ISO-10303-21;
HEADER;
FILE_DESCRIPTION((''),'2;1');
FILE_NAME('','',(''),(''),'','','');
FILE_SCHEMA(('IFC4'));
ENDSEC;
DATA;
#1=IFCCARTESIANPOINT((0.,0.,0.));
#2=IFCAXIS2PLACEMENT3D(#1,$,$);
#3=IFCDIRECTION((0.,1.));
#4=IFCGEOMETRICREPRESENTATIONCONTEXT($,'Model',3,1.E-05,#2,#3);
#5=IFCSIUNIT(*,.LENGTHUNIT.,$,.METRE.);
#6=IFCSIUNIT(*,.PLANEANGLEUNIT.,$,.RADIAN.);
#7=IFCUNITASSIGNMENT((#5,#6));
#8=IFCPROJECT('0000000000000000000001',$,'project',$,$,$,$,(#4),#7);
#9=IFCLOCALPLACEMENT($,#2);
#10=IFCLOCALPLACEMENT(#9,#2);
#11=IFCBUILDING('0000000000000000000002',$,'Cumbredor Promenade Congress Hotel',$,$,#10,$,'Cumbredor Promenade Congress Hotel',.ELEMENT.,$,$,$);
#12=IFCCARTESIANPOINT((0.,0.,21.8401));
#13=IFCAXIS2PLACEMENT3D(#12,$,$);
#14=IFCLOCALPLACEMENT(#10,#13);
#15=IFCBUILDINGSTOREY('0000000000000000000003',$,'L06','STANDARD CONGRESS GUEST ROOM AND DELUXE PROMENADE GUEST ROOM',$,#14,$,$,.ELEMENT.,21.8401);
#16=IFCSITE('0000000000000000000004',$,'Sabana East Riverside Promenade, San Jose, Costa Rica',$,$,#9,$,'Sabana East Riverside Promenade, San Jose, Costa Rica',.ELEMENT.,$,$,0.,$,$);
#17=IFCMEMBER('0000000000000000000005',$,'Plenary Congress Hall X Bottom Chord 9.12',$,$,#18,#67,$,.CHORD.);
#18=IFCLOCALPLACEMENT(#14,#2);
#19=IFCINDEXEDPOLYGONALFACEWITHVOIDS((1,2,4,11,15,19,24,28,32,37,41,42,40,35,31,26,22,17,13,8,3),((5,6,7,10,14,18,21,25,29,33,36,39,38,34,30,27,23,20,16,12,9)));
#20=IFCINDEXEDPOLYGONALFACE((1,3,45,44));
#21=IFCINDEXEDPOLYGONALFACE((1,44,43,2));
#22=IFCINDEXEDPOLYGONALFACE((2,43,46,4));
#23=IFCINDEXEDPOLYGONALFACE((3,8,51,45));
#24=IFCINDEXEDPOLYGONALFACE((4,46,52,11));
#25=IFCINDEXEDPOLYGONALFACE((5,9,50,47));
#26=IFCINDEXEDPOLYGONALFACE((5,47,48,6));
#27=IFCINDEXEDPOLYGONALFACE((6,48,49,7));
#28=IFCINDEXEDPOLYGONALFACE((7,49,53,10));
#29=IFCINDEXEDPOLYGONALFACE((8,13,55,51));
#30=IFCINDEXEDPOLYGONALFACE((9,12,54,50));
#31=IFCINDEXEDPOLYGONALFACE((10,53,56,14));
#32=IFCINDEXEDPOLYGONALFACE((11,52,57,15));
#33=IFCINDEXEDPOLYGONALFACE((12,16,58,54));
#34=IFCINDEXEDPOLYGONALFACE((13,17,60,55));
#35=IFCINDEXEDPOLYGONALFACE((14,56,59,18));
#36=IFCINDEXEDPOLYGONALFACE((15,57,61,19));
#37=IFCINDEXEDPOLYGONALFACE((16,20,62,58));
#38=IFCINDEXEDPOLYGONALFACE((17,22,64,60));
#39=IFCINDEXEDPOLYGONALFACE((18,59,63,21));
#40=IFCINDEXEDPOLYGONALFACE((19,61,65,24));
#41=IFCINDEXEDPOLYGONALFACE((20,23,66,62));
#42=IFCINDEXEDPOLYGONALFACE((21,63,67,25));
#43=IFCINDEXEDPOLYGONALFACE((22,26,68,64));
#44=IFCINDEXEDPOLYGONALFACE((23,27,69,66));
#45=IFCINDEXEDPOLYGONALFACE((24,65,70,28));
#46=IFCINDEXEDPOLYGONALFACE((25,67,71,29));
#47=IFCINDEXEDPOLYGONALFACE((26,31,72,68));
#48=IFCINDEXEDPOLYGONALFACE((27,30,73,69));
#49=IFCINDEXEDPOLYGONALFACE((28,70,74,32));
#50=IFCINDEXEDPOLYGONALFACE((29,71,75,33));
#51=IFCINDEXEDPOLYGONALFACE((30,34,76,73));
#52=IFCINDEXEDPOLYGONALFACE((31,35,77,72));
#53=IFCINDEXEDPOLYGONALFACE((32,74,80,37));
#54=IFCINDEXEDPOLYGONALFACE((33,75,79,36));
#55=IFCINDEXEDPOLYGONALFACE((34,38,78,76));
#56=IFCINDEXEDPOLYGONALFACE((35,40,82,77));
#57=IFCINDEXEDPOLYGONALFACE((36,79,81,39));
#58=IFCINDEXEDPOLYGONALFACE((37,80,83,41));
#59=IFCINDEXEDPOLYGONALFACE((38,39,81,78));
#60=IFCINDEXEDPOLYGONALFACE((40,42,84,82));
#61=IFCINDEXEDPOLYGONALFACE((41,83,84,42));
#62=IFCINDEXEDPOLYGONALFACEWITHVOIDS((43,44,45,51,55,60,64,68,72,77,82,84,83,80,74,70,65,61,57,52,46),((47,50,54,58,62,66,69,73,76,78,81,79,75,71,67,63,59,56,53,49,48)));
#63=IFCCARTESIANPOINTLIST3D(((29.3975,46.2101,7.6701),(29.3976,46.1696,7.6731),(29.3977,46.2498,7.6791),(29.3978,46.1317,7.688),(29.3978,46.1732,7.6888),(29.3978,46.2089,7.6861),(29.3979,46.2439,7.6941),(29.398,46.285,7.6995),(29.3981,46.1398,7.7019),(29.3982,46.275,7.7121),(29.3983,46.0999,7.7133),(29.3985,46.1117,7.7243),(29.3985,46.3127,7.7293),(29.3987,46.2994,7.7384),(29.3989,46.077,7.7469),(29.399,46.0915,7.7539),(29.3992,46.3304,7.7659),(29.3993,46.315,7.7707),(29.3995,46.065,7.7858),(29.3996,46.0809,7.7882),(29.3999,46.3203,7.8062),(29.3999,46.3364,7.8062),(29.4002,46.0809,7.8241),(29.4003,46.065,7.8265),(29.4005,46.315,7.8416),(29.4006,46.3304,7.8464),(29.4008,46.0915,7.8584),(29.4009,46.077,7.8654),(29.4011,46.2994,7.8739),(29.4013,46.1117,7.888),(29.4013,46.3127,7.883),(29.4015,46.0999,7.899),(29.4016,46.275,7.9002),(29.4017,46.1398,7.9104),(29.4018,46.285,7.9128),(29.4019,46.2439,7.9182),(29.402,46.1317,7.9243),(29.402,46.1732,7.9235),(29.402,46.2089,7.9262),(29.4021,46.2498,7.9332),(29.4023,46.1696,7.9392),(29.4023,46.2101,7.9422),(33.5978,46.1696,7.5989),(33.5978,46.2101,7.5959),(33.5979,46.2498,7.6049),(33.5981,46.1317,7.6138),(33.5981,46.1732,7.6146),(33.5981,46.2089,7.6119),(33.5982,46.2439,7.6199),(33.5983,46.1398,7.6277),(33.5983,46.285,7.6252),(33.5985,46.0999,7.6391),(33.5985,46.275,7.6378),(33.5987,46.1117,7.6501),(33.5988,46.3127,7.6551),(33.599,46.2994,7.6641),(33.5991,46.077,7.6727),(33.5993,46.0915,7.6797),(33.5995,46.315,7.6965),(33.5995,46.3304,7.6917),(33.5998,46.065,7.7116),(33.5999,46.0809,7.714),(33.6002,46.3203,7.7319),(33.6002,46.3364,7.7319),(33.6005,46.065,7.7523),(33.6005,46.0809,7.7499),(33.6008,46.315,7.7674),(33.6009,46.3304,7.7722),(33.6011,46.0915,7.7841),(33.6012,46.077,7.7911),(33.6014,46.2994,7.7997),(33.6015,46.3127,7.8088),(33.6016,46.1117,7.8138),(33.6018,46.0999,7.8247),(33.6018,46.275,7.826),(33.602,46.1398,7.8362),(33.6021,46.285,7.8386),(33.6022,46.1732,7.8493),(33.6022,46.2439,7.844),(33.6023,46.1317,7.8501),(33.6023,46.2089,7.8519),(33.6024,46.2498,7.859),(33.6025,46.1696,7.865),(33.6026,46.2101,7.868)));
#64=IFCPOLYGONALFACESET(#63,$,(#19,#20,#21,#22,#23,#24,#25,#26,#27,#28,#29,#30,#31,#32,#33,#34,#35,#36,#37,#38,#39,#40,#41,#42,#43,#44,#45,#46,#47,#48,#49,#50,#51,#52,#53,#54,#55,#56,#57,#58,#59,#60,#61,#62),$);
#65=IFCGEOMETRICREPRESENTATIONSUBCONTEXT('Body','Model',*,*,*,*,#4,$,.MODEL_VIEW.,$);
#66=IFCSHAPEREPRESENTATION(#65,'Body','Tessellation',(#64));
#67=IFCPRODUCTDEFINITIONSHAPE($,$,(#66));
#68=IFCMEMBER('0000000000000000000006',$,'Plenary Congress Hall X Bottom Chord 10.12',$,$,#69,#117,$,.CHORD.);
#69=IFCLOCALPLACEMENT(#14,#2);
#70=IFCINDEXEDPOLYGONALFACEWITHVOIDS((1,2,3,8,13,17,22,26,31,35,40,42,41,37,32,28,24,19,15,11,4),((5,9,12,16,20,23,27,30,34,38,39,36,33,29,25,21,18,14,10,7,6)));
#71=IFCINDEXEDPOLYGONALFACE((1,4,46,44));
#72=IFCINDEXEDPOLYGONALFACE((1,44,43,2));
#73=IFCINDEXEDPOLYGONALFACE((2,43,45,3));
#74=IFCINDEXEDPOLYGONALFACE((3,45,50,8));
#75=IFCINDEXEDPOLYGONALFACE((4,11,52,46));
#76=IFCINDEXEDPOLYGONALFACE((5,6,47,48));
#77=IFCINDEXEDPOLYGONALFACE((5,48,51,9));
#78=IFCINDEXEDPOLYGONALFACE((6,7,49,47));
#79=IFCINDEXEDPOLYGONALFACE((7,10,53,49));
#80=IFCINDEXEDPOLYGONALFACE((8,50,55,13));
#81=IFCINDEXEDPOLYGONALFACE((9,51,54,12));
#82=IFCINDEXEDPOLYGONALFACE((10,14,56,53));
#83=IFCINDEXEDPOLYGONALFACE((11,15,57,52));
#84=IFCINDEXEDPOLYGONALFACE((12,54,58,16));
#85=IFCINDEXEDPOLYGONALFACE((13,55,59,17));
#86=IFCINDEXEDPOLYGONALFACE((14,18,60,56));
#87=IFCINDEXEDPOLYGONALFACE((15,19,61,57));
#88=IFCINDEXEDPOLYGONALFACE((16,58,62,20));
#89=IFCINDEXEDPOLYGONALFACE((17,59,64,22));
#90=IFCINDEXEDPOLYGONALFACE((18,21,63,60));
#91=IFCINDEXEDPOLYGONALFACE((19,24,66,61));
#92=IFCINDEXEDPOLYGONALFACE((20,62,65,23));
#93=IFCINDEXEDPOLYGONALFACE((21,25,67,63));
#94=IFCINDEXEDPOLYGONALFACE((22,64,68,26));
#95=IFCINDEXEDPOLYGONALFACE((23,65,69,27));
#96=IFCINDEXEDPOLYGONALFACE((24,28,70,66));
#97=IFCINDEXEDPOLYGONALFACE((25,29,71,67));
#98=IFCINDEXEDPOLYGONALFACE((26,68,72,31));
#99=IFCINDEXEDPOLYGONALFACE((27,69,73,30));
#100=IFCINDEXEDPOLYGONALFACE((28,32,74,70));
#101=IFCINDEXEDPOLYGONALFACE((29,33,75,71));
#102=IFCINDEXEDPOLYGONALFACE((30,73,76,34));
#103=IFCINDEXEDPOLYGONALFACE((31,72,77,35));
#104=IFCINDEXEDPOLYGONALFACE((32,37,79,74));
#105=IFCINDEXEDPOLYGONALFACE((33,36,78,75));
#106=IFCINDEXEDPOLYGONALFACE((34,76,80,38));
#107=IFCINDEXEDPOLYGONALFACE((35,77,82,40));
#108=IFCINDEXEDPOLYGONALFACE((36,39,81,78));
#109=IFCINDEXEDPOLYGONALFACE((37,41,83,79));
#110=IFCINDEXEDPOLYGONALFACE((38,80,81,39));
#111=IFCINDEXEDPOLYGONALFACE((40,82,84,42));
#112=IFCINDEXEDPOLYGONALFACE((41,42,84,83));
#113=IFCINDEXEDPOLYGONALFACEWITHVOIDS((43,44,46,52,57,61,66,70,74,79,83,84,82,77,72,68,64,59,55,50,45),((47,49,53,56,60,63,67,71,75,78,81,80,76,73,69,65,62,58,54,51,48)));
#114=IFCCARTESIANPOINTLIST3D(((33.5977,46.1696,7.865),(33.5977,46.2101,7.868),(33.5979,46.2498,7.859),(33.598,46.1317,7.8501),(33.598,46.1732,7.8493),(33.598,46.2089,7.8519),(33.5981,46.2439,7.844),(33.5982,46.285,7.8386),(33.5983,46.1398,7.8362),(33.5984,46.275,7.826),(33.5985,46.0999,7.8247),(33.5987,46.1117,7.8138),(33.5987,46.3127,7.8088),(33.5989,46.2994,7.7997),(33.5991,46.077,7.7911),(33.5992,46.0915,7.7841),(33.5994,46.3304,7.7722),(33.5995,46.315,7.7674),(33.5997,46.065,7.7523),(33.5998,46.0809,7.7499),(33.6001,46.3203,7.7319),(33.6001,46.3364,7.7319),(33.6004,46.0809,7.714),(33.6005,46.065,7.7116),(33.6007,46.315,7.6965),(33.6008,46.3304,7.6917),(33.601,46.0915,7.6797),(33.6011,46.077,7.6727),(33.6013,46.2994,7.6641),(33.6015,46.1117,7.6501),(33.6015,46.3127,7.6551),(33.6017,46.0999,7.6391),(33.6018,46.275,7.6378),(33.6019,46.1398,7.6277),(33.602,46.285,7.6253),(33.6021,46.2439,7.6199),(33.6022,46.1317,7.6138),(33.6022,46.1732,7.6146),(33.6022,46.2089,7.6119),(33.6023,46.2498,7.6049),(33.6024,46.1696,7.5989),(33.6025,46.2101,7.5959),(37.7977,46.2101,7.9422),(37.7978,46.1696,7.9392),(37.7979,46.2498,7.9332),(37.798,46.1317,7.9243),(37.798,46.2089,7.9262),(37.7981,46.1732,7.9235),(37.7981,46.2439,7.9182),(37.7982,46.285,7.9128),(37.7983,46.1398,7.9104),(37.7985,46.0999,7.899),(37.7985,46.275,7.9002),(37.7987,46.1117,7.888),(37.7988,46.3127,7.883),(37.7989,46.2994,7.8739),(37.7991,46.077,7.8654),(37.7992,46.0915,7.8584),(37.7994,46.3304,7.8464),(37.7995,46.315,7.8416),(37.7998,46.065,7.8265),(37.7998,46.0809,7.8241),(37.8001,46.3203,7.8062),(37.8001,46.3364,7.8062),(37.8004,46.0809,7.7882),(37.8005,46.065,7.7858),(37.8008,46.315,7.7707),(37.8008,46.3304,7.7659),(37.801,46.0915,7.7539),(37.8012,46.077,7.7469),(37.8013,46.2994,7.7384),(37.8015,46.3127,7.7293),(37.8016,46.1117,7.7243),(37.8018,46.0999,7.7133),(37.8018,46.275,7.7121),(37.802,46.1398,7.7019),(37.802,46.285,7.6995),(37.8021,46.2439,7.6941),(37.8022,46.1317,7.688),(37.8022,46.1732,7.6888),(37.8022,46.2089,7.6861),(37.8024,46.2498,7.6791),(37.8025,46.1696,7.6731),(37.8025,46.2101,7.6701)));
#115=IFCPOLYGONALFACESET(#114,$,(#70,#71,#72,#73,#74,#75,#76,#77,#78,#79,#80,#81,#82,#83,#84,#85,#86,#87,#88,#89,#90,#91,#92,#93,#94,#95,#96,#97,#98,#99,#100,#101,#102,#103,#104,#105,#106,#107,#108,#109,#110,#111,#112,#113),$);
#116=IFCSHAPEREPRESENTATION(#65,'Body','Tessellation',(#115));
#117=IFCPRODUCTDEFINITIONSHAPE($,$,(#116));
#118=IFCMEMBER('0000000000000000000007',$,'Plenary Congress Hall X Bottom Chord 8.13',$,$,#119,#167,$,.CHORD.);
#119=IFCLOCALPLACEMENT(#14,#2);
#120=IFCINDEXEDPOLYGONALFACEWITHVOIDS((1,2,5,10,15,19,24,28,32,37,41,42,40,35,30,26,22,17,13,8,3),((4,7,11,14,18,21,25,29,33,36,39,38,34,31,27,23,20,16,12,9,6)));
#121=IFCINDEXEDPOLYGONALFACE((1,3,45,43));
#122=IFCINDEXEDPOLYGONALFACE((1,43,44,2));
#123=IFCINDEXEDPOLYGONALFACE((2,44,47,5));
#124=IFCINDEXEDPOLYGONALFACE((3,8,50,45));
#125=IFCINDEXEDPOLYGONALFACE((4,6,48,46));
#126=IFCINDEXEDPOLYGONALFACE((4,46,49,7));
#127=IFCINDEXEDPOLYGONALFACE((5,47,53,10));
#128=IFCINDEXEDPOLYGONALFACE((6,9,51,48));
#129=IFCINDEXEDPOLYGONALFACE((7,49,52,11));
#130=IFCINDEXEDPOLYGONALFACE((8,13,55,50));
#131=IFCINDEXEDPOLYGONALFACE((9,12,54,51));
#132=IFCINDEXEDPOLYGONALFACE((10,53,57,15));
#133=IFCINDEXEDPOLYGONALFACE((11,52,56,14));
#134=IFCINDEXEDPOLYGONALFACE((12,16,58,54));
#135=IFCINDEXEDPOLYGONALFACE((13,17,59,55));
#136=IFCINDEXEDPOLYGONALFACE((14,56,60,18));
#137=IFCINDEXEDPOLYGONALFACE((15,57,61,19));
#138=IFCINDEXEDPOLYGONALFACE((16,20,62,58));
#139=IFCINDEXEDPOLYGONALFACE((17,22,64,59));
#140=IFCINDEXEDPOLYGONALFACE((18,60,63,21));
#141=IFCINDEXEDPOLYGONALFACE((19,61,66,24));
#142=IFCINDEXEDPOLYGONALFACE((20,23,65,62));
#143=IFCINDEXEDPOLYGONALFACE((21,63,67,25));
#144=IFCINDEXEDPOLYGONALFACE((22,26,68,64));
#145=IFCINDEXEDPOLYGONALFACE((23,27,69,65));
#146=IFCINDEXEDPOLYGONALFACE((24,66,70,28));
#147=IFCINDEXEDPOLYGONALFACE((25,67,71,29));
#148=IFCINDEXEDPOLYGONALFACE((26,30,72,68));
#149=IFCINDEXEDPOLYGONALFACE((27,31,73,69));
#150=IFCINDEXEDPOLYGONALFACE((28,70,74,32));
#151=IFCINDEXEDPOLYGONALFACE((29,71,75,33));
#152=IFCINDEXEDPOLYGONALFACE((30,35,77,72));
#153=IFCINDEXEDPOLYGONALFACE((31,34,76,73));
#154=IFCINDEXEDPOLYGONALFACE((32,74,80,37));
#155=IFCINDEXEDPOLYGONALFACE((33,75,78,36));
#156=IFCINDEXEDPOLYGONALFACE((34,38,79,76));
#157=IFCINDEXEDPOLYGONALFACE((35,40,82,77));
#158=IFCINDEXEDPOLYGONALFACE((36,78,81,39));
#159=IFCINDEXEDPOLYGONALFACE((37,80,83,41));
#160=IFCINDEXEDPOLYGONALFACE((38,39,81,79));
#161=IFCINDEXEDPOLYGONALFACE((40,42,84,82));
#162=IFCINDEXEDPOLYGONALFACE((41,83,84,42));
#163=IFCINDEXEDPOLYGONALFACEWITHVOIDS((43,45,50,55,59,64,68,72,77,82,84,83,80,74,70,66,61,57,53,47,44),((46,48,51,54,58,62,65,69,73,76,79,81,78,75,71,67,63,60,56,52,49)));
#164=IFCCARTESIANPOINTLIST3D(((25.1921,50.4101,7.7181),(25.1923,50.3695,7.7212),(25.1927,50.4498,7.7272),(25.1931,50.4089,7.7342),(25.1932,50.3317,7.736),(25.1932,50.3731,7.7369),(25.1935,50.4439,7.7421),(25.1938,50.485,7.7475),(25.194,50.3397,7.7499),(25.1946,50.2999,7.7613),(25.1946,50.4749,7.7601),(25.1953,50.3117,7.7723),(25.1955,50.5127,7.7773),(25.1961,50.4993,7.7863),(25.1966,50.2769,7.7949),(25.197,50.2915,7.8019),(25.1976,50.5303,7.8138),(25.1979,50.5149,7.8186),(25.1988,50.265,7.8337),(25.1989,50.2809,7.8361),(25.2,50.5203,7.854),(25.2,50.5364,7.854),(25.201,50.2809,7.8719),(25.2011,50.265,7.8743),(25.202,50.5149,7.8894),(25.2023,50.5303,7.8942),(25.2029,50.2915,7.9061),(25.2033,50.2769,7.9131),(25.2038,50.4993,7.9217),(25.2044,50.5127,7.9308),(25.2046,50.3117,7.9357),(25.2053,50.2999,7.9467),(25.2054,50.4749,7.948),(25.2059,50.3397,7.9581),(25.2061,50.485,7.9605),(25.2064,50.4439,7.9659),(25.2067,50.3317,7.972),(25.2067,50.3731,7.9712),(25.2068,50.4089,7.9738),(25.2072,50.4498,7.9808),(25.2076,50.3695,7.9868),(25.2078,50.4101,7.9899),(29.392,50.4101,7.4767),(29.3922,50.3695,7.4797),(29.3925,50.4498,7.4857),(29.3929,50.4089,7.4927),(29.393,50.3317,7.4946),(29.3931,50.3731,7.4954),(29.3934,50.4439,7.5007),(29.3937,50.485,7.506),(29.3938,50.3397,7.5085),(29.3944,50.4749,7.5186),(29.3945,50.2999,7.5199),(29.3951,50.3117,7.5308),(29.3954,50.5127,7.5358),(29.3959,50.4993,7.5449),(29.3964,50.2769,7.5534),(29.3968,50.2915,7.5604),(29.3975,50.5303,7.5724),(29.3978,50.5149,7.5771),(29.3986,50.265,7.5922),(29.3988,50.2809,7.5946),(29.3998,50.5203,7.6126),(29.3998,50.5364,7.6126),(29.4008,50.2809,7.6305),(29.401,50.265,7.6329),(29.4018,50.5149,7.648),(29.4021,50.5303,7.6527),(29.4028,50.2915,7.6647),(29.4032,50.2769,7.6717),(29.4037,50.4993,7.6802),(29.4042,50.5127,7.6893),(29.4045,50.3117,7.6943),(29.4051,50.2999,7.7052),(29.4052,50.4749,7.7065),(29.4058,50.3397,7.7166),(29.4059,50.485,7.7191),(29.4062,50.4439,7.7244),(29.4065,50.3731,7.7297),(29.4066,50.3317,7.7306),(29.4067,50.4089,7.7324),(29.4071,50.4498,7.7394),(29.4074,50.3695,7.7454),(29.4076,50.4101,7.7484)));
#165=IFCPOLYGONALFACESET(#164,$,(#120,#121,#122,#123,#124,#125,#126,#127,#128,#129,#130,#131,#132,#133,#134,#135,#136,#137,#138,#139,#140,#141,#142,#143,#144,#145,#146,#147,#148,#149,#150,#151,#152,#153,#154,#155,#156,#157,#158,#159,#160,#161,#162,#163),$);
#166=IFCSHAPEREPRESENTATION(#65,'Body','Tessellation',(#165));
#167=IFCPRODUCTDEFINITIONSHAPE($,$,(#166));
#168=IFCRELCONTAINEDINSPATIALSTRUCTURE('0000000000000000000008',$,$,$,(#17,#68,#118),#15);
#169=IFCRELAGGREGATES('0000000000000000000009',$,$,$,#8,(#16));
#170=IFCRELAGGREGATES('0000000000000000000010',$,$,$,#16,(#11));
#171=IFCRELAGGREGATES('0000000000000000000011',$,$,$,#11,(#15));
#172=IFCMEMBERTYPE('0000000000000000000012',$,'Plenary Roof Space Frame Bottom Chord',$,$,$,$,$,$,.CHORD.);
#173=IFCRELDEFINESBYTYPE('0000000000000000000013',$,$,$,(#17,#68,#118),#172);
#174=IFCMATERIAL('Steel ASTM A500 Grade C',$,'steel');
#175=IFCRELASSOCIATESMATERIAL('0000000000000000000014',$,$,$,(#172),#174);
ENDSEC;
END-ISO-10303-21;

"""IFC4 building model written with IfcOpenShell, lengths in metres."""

from ifc_helpers import new_model, si_unit, direction, frame, origin, origin_2d, place, context, subcontext, project, spatial, hollow_circle, extrude, material, material_profile, profile_set, type_object, element, save


model = new_model("IFC4")

# Units and contexts
model_context = context("Model", 3, precision=1e-05, world=origin(), true_north=direction((0.0, 1.0)))
body_context = subcontext(model_context, "Body", "Model", "MODEL_VIEW")
ifc_project = project(units=[si_unit("LENGTHUNIT", "METRE"), si_unit("PLANEANGLEUNIT", "RADIAN")], contexts=[model_context])

# Site, building, storey
site_placement = place(None, origin())
site = spatial("IfcSite", under=ifc_project, at=site_placement, Name="Sabana East Riverside Promenade, San Jose, Costa Rica", LongName="Sabana East Riverside Promenade, San Jose, Costa Rica", CompositionType="ELEMENT", RefElevation=0.0)
building_placement = place(site_placement, origin())
building = spatial("IfcBuilding", under=site, at=building_placement, Name="Cumbredor Promenade Congress Hotel", LongName="Cumbredor Promenade Congress Hotel", CompositionType="ELEMENT")
storey_placement = place(building_placement, frame((0.0, 0.0, 21.8401)))
storey = spatial("IfcBuildingStorey", under=building, at=storey_placement, Name="L06", Description="STANDARD CONGRESS GUEST ROOM AND DELUXE PROMENADE GUEST ROOM", CompositionType="ELEMENT", Elevation=21.8401)

# Members
ifc_material_1 = material(Name="Steel ASTM A500 Grade C", Category="steel")
ifc_material_profile_1 = material_profile(ifc_material_1, hollow_circle(Radius=0.1365, WallThickness=0.0161, at=origin_2d()), Name="CHS 273.0x16")
ifc_profile_set_1 = profile_set([ifc_material_profile_1], Name="Steel ASTM A500 Grade C")
member_type_1 = type_object("IfcMemberType", Name="Plenary Roof Space Frame Bottom Chord", PredefinedType="CHORD", material=ifc_profile_set_1)
member_1_placement = place(storey_placement, frame((29.3999, 46.2, 7.8062), z_axis=(0.999844, 0.0, -0.017668), x_axis=(0.0, 1.0, 0.0)))
element("IfcMember", 1, at=member_1_placement, inside=storey, type_object=member_type_1, Name="Plenary Congress Hall X Bottom Chord 9.12", PredefinedType="CHORD", context=body_context, shape_type="SweptSolid", body=[
    extrude(hollow_circle(Radius=0.1365, WallThickness=0.0161, at=origin_2d()), origin(), (0.0, 0.0, 1.0), 4.2009),
])
member_2_placement = place(storey_placement, frame((33.6001, 46.2, 7.7319), z_axis=(0.999844, 0.0, 0.017669), x_axis=(0.0, 1.0, 0.0)))
element("IfcMember", 2, at=member_2_placement, inside=storey, type_object=member_type_1, Name="Plenary Congress Hall X Bottom Chord 10.12", PredefinedType="CHORD", context=body_context, shape_type="SweptSolid", body=[
    extrude(hollow_circle(Radius=0.1365, WallThickness=0.0161, at=origin_2d()), origin(), (0.0, 0.0, 1.0), 4.2007),
])
member_3_placement = place(storey_placement, frame((25.2, 50.3999, 7.854), z_axis=(0.998352, 0.0, -0.057395), x_axis=(0.0, 1.0, 0.0)))
element("IfcMember", 3, at=member_3_placement, inside=storey, type_object=member_type_1, Name="Plenary Congress Hall X Bottom Chord 8.13", PredefinedType="CHORD", context=body_context, shape_type="SweptSolid", body=[
    extrude(hollow_circle(Radius=0.1365, WallThickness=0.0161, at=origin_2d()), origin(), (0.0, 0.0, 1.0), 4.2068),
])

save(model, "model.ifc")
